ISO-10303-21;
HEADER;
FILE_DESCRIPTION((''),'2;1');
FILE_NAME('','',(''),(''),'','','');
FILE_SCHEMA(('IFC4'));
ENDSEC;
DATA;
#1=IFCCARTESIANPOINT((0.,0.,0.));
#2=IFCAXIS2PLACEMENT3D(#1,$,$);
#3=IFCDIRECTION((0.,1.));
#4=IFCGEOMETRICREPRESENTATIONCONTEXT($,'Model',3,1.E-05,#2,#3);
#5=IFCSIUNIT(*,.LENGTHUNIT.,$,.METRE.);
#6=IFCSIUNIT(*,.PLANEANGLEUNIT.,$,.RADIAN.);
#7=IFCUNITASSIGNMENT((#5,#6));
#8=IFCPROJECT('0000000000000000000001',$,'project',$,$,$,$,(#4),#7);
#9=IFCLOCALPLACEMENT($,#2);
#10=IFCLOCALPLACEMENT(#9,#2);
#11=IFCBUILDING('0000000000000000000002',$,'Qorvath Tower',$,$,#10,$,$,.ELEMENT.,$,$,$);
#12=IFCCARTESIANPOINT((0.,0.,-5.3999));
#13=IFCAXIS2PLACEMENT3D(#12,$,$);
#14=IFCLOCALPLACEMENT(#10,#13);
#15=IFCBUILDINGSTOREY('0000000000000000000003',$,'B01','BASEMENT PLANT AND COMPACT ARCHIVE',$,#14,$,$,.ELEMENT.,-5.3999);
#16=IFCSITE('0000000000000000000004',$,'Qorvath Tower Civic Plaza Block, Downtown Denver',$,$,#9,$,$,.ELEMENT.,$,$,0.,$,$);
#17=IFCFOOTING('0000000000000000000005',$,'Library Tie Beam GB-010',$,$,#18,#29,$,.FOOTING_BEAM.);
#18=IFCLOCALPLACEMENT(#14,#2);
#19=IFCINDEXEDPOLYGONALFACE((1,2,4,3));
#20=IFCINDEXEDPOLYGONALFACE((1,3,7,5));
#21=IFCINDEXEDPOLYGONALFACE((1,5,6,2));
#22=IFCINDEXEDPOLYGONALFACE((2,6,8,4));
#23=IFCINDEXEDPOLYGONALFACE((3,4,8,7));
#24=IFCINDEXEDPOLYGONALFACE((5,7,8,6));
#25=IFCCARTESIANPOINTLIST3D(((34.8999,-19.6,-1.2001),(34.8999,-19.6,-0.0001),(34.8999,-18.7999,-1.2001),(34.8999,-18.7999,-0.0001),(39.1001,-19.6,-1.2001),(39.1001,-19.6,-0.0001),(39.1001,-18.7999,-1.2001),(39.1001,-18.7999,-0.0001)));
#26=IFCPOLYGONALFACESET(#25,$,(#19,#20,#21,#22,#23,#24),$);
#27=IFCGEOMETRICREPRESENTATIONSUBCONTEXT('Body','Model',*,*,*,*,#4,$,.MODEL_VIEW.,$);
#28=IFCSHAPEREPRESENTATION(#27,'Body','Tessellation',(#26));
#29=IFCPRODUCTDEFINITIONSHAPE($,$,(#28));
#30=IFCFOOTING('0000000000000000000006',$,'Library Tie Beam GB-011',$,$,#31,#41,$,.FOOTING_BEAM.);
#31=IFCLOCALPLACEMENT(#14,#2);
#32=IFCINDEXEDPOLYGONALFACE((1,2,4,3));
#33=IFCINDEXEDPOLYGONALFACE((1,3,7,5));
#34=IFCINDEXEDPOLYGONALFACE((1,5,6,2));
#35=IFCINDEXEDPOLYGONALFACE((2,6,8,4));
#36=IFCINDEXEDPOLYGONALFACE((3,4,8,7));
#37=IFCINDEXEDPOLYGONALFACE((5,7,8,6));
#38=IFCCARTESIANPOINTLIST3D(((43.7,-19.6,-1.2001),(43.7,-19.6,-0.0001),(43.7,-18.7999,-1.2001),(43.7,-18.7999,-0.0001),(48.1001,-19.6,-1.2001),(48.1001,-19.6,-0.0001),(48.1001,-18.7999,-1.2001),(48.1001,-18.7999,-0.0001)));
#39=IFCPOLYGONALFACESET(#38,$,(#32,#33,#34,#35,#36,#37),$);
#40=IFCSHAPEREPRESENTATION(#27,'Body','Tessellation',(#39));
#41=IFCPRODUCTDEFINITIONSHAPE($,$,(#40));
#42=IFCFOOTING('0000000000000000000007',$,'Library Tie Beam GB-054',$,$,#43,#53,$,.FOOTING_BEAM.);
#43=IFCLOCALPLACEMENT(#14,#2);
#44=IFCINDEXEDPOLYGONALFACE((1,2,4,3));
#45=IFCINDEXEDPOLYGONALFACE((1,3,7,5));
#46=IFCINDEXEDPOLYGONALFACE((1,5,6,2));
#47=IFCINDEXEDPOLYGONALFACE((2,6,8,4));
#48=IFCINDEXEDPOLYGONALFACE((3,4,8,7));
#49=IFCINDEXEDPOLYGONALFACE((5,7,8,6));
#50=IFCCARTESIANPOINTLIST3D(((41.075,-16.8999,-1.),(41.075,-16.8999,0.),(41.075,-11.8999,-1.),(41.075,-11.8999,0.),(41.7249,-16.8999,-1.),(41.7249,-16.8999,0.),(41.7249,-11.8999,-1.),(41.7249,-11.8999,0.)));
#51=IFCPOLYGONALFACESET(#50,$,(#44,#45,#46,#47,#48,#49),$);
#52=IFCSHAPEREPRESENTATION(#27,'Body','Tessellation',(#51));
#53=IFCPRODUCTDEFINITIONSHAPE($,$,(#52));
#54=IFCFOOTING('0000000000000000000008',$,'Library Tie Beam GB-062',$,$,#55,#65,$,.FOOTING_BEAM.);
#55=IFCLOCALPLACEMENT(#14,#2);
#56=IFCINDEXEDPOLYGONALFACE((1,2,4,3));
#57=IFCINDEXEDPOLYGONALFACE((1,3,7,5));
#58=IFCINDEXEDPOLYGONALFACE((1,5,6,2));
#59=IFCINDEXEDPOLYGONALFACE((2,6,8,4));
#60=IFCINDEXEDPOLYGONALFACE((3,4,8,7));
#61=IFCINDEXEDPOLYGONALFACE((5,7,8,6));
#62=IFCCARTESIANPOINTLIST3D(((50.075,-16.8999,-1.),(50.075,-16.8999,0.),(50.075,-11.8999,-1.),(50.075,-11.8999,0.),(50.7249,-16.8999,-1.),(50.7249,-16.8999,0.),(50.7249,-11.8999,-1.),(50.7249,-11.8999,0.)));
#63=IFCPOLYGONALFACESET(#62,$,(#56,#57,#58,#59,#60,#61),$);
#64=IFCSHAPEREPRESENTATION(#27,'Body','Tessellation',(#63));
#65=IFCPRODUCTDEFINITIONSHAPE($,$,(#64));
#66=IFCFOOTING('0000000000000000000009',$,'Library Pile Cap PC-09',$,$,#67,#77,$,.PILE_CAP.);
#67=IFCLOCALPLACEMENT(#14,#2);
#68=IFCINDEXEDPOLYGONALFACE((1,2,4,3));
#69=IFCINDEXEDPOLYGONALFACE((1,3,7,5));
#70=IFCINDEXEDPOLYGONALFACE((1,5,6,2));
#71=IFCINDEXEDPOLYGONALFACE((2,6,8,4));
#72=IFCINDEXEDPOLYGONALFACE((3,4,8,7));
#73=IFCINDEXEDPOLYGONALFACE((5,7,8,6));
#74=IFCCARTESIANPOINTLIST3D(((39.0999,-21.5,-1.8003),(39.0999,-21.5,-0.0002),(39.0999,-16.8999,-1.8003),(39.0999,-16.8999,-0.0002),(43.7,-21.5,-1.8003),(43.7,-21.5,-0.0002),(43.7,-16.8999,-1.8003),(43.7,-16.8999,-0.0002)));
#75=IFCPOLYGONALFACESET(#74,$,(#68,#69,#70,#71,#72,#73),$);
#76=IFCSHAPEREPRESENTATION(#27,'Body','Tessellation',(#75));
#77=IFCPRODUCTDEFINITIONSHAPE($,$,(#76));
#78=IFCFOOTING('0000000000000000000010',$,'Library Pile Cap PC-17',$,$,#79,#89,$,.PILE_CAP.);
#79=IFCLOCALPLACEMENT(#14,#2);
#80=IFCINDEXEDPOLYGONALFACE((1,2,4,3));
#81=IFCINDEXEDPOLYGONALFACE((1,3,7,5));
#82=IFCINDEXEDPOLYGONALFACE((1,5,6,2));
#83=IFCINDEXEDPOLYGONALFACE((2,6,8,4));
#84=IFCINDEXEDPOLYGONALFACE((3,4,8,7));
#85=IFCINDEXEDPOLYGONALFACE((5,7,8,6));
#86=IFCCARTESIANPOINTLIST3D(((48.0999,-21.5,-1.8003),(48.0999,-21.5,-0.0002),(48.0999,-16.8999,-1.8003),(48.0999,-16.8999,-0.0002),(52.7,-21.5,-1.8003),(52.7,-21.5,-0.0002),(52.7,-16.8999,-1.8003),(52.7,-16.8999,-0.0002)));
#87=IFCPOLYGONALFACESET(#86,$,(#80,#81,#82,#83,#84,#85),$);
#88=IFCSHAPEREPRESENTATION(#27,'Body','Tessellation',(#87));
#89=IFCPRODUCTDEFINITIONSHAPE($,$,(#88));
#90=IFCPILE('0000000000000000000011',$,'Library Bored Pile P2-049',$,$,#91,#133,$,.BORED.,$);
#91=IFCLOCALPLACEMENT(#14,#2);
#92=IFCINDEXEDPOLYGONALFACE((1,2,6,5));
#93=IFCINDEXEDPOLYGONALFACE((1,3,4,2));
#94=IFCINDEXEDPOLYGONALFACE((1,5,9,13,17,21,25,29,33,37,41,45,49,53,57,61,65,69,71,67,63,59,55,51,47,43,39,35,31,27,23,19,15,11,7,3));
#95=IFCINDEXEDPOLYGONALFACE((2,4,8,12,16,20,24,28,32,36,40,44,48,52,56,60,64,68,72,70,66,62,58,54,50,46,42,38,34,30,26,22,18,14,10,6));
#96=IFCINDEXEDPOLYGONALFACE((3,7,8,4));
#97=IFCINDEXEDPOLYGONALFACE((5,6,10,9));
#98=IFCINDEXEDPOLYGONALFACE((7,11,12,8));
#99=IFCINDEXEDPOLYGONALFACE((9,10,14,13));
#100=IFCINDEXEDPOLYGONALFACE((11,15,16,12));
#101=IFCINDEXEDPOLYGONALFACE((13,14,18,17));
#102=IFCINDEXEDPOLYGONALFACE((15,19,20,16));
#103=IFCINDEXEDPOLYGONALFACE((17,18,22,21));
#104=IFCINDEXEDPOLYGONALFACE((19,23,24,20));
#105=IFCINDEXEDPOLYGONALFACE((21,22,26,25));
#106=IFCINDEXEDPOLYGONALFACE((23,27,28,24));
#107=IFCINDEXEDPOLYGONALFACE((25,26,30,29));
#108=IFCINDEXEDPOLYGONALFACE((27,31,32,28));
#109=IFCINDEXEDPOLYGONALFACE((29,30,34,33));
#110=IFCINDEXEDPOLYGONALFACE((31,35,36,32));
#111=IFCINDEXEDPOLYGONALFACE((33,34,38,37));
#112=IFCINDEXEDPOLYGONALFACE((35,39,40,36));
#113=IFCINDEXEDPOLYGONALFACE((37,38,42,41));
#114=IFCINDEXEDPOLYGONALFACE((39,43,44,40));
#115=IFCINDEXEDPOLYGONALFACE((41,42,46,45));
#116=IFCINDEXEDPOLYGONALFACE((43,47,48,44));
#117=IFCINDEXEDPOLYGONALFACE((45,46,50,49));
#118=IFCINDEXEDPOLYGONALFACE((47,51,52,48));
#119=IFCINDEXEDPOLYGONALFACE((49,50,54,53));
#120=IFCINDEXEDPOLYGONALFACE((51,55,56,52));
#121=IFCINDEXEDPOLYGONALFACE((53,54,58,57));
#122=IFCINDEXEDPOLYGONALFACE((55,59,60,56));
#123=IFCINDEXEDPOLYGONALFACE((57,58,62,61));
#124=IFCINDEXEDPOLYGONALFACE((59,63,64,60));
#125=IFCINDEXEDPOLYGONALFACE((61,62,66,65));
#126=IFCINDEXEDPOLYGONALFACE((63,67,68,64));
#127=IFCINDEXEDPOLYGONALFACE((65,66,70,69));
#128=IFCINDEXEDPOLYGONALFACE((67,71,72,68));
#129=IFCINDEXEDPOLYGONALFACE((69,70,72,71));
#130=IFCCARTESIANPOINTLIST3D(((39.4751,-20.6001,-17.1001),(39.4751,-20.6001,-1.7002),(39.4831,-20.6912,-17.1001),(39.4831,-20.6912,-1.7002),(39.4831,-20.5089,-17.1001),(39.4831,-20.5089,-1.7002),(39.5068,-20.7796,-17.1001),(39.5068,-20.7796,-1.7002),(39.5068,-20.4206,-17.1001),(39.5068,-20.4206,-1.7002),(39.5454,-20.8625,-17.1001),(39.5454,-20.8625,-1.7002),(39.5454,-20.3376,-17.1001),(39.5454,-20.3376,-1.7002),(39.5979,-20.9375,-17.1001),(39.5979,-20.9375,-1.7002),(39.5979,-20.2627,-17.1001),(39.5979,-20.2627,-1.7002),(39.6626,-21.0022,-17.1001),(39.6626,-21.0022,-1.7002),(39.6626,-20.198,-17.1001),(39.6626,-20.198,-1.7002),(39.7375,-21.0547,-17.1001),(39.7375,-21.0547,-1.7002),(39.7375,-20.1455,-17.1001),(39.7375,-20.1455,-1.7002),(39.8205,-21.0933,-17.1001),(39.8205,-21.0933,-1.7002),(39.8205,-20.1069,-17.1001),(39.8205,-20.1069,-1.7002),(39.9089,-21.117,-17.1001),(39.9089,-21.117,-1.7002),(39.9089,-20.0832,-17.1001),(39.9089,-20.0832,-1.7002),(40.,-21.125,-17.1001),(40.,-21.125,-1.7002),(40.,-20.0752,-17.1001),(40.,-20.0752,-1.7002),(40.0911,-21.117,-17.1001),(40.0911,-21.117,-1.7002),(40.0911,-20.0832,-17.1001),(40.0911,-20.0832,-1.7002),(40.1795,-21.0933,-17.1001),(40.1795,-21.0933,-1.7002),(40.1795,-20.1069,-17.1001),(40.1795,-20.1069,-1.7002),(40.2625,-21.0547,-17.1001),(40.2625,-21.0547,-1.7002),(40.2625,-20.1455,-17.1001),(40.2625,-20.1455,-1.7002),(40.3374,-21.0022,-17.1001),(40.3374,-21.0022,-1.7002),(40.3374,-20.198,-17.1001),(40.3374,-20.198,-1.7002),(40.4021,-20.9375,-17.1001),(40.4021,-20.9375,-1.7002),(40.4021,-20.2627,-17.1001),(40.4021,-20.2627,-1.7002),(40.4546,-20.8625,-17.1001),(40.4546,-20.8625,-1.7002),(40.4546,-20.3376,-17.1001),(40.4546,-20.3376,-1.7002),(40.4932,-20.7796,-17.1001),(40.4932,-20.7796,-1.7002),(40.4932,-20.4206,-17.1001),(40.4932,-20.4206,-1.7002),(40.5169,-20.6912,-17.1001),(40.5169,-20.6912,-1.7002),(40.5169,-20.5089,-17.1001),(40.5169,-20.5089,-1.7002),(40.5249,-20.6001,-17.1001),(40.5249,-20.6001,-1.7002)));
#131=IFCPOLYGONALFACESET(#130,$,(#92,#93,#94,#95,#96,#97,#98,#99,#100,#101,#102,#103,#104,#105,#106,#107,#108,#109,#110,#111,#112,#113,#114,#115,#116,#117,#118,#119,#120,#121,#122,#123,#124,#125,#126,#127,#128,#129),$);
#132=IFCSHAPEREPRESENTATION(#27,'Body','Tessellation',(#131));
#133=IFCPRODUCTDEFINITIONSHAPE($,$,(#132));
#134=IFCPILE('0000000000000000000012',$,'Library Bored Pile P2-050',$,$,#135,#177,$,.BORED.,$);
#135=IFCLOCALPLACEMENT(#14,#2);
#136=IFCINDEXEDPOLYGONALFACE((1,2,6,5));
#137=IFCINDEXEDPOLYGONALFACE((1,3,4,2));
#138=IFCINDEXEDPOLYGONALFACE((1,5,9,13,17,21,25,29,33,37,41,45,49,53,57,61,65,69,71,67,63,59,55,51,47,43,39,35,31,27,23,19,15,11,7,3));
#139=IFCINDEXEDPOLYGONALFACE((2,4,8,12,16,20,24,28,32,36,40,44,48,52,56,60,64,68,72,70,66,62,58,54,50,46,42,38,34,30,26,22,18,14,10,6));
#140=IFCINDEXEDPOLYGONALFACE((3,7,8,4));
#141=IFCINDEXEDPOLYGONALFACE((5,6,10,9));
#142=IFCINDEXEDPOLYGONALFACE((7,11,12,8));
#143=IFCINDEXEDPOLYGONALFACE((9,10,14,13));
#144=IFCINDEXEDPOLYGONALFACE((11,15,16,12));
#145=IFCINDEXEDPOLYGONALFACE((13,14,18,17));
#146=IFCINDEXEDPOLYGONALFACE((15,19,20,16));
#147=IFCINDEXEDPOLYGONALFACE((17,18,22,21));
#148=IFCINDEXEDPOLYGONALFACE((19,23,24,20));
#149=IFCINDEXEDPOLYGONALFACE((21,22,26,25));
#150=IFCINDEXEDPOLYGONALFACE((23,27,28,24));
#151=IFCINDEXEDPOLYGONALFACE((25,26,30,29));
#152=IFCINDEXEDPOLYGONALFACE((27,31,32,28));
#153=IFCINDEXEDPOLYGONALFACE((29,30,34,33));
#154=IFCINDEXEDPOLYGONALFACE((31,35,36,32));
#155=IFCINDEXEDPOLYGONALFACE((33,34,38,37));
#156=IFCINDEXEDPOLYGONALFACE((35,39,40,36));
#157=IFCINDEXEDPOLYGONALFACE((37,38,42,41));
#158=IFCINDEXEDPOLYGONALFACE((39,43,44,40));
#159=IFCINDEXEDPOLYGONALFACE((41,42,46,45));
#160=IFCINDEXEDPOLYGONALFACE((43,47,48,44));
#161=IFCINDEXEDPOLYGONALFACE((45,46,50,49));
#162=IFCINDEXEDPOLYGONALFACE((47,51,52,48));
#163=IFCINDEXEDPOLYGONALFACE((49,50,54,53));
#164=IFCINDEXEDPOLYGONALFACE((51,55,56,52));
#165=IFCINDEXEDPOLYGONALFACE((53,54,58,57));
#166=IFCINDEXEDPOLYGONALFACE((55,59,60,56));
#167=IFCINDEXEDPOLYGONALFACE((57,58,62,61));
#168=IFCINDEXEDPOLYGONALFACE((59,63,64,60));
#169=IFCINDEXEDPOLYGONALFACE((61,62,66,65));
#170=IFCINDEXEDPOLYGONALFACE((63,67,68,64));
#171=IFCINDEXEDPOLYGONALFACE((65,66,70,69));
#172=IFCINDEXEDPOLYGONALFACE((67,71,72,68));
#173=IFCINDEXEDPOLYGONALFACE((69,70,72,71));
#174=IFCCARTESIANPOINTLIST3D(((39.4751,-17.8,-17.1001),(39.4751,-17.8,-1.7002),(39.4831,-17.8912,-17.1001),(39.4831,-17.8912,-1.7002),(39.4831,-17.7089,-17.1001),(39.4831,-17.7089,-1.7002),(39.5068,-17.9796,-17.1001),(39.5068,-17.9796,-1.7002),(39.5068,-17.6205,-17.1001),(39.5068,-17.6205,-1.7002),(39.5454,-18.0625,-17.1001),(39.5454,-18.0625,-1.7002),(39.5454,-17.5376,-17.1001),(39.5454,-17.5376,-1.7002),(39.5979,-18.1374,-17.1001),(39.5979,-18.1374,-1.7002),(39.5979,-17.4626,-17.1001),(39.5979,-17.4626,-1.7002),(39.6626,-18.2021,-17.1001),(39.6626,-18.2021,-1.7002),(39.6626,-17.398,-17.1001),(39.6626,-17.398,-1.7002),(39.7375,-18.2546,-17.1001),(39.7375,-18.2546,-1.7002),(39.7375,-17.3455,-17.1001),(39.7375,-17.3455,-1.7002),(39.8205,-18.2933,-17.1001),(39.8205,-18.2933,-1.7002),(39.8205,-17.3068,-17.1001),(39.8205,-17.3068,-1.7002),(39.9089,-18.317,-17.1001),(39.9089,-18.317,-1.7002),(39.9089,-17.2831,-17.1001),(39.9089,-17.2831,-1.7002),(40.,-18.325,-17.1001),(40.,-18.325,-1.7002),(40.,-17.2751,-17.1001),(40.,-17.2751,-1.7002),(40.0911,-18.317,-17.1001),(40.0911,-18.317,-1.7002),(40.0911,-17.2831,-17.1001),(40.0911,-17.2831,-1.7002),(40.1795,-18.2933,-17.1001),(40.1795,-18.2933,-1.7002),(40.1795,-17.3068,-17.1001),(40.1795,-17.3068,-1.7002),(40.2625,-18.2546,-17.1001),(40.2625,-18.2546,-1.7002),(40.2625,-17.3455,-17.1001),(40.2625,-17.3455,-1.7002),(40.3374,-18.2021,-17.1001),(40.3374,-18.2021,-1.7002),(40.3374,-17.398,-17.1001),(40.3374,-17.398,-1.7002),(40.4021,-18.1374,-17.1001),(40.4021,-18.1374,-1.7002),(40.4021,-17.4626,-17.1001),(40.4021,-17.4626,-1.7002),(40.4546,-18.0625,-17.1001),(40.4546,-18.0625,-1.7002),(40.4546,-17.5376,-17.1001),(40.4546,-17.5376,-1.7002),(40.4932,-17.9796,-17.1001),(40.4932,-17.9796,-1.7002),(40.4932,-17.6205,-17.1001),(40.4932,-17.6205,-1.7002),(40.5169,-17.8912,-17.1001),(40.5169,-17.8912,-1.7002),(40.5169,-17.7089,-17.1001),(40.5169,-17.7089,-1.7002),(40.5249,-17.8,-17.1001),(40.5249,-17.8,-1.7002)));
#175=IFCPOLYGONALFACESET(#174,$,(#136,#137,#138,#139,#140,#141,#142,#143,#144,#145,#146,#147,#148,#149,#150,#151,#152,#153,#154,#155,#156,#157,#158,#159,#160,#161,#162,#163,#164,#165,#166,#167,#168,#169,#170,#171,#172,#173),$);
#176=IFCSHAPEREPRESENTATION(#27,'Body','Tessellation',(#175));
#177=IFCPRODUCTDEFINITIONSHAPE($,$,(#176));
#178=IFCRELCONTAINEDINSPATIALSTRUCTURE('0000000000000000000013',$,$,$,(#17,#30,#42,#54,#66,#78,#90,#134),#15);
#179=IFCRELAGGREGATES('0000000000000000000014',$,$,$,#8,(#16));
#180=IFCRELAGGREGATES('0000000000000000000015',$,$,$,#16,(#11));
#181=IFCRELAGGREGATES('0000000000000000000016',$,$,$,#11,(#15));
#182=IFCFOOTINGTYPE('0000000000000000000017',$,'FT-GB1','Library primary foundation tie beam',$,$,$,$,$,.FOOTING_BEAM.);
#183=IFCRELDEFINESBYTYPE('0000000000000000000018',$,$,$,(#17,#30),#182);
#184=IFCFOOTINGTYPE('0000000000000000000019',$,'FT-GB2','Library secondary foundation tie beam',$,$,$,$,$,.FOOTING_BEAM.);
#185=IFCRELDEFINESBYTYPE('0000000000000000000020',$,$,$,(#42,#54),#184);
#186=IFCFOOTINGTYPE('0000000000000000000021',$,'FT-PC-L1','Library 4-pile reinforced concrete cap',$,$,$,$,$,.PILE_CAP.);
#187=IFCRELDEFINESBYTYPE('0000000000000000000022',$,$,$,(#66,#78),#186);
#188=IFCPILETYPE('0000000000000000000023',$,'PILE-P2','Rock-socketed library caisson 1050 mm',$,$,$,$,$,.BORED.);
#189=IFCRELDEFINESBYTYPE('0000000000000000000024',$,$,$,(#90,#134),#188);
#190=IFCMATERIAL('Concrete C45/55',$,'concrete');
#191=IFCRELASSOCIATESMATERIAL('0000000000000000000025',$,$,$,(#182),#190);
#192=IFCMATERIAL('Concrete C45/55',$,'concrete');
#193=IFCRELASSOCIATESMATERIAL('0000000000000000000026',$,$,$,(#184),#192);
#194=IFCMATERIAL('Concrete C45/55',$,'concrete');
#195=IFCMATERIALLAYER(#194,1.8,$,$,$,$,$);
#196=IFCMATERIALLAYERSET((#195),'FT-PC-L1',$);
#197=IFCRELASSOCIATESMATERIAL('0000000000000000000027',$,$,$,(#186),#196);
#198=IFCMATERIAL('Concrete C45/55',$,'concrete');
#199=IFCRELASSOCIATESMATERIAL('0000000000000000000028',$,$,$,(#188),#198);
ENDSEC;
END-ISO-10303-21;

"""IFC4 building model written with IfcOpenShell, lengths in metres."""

from ifc_helpers import new_model, si_unit, direction, frame, origin, origin_2d, place, context, subcontext, project, spatial, rectangle, circle, extrude, material, layer, layer_set, material_profile, profile_set, type_object, element, save


model = new_model("IFC4")

# Units and contexts
model_context = context("Model", 3, precision=1e-05, world=origin(), true_north=direction((0.0, 1.0)))
body_context = subcontext(model_context, "Body", "Model", "MODEL_VIEW")
ifc_project = project(units=[si_unit("LENGTHUNIT", "METRE"), si_unit("PLANEANGLEUNIT", "RADIAN")], contexts=[model_context])

# Site, building, storey
site_placement = place(None, origin())
site = spatial("IfcSite", under=ifc_project, at=site_placement, Name="Qorvath Tower Civic Plaza Block, Downtown Denver", CompositionType="ELEMENT", RefElevation=0.0)
building_placement = place(site_placement, origin())
building = spatial("IfcBuilding", under=site, at=building_placement, Name="Qorvath Tower", CompositionType="ELEMENT")
storey_placement = place(building_placement, frame((0.0, 0.0, -5.3999)))
storey = spatial("IfcBuildingStorey", under=building, at=storey_placement, Name="B01", Description="BASEMENT PLANT AND COMPACT ARCHIVE", CompositionType="ELEMENT", Elevation=-5.3999)

# Footings
ifc_material_1 = material(Name="Concrete C45/55", Category="concrete")
ifc_material_profile_1 = material_profile(ifc_material_1, rectangle(XDim=0.8, YDim=1.2, at=origin_2d()), Name="GB 800x1200")
ifc_profile_set_1 = profile_set([ifc_material_profile_1], Name="Concrete C45/55")
footing_type_1 = type_object("IfcFootingType", Name="FT-GB1", Description="Library primary foundation tie beam", PredefinedType="FOOTING_BEAM", material=ifc_profile_set_1)
footing_1_placement = place(storey_placement, frame((34.8999, -19.2, -0.6001), z_axis=(1.0, 0.0, 0.0), x_axis=(0.0, 1.0, 0.0)))
element("IfcFooting", 1, at=footing_1_placement, inside=storey, type_object=footing_type_1, Name="Library Tie Beam GB-010", PredefinedType="FOOTING_BEAM", context=body_context, shape_type="SweptSolid", body=[
    extrude(rectangle(XDim=0.8, YDim=1.2, at=origin_2d()), origin(), (0.0, 0.0, 1.0), 4.2002),
])
footing_2_placement = place(storey_placement, frame((43.7, -19.2, -0.6001), z_axis=(1.0, 0.0, 0.0), x_axis=(0.0, 1.0, 0.0)))
element("IfcFooting", 2, at=footing_2_placement, inside=storey, type_object=footing_type_1, Name="Library Tie Beam GB-011", PredefinedType="FOOTING_BEAM", context=body_context, shape_type="SweptSolid", body=[
    extrude(rectangle(XDim=0.8, YDim=1.2, at=origin_2d()), origin(), (0.0, 0.0, 1.0), 4.4001),
])
ifc_material_2 = material(Name="Concrete C45/55", Category="concrete")
ifc_material_profile_2 = material_profile(ifc_material_2, rectangle(XDim=0.6499, YDim=1.0, at=origin_2d()), Name="GB 650x1000")
ifc_profile_set_2 = profile_set([ifc_material_profile_2], Name="Concrete C45/55")
footing_type_2 = type_object("IfcFootingType", Name="FT-GB2", Description="Library secondary foundation tie beam", PredefinedType="FOOTING_BEAM", material=ifc_profile_set_2)
for number, where, z_axis, x_axis, name in (
    (3, (41.3999, -16.8999, -0.5), (0.0, 1.0, 0.0), (-1.0, 0.0, 0.0), "Library Tie Beam GB-054"),
    (4, (50.3999, -16.8999, -0.5), (0.0, 1.0, 0.0), (-1.0, 0.0, 0.0), "Library Tie Beam GB-062"),
):
    element("IfcFooting", number, at=place(storey_placement, frame(where, z_axis=z_axis, x_axis=x_axis)), inside=storey, type_object=footing_type_2, Name=name, PredefinedType="FOOTING_BEAM", context=body_context, shape_type="SweptSolid", body=[
        extrude(rectangle(XDim=0.6499, YDim=1.0, at=origin_2d()), origin(), (0.0, 0.0, 1.0), 5.0),
    ])
ifc_material_3 = material(Name="Concrete C45/55", Category="concrete")
ifc_layer_1 = layer(ifc_material_3, 1.8)
ifc_layer_set_1 = layer_set([ifc_layer_1], Name="FT-PC-L1")
footing_type_3 = type_object("IfcFootingType", Name="FT-PC-L1", Description="Library 4-pile reinforced concrete cap", PredefinedType="PILE_CAP", material=ifc_layer_set_1)
for number, where, z_axis, x_axis, name in (
    (5, (41.3999, -19.2, -1.8003), (0.0, 0.0, 1.0), (1.0, 0.0, 0.0), "Library Pile Cap PC-09"),
    (6, (50.3999, -19.2, -1.8003), (0.0, 0.0, 1.0), (1.0, 0.0, 0.0), "Library Pile Cap PC-17"),
):
    element("IfcFooting", number, at=place(storey_placement, frame(where, z_axis=z_axis, x_axis=x_axis)), inside=storey, type_object=footing_type_3, Name=name, PredefinedType="PILE_CAP", context=body_context, shape_type="SweptSolid", body=[
        extrude(rectangle(XDim=4.6001, YDim=4.6001, at=origin_2d()), origin(), (0.0, 0.0, 1.0), 1.8),
    ])

# Piles
ifc_material_4 = material(Name="Concrete C45/55", Category="concrete")
ifc_material_profile_3 = material_profile(ifc_material_4, circle(Radius=0.5249, at=origin_2d()), Name="BORED PILE 1050")
ifc_profile_set_3 = profile_set([ifc_material_profile_3], Name="Concrete C45/55")
pile_type = type_object("IfcPileType", Name="PILE-P2", Description="Rock-socketed library caisson 1050 mm", PredefinedType="BORED", material=ifc_profile_set_3)
for number, where, z_axis, x_axis, name in (
    (7, (40.0, -20.6001, -1.7002), (0.0, 0.0, -1.0), (1.0, 0.0, 0.0), "Library Bored Pile P2-049"),
    (8, (40.0, -17.8, -1.7002), (0.0, 0.0, -1.0), (1.0, 0.0, 0.0), "Library Bored Pile P2-050"),
):
    element("IfcPile", number, at=place(storey_placement, frame(where, z_axis=z_axis, x_axis=x_axis)), inside=storey, type_object=pile_type, Name=name, PredefinedType="BORED", context=body_context, shape_type="SweptSolid", body=[
        extrude(circle(Radius=0.5249, at=origin_2d()), origin(), (0.0, 0.0, 1.0), 15.3999),
    ])

save(model, "model.ifc")
